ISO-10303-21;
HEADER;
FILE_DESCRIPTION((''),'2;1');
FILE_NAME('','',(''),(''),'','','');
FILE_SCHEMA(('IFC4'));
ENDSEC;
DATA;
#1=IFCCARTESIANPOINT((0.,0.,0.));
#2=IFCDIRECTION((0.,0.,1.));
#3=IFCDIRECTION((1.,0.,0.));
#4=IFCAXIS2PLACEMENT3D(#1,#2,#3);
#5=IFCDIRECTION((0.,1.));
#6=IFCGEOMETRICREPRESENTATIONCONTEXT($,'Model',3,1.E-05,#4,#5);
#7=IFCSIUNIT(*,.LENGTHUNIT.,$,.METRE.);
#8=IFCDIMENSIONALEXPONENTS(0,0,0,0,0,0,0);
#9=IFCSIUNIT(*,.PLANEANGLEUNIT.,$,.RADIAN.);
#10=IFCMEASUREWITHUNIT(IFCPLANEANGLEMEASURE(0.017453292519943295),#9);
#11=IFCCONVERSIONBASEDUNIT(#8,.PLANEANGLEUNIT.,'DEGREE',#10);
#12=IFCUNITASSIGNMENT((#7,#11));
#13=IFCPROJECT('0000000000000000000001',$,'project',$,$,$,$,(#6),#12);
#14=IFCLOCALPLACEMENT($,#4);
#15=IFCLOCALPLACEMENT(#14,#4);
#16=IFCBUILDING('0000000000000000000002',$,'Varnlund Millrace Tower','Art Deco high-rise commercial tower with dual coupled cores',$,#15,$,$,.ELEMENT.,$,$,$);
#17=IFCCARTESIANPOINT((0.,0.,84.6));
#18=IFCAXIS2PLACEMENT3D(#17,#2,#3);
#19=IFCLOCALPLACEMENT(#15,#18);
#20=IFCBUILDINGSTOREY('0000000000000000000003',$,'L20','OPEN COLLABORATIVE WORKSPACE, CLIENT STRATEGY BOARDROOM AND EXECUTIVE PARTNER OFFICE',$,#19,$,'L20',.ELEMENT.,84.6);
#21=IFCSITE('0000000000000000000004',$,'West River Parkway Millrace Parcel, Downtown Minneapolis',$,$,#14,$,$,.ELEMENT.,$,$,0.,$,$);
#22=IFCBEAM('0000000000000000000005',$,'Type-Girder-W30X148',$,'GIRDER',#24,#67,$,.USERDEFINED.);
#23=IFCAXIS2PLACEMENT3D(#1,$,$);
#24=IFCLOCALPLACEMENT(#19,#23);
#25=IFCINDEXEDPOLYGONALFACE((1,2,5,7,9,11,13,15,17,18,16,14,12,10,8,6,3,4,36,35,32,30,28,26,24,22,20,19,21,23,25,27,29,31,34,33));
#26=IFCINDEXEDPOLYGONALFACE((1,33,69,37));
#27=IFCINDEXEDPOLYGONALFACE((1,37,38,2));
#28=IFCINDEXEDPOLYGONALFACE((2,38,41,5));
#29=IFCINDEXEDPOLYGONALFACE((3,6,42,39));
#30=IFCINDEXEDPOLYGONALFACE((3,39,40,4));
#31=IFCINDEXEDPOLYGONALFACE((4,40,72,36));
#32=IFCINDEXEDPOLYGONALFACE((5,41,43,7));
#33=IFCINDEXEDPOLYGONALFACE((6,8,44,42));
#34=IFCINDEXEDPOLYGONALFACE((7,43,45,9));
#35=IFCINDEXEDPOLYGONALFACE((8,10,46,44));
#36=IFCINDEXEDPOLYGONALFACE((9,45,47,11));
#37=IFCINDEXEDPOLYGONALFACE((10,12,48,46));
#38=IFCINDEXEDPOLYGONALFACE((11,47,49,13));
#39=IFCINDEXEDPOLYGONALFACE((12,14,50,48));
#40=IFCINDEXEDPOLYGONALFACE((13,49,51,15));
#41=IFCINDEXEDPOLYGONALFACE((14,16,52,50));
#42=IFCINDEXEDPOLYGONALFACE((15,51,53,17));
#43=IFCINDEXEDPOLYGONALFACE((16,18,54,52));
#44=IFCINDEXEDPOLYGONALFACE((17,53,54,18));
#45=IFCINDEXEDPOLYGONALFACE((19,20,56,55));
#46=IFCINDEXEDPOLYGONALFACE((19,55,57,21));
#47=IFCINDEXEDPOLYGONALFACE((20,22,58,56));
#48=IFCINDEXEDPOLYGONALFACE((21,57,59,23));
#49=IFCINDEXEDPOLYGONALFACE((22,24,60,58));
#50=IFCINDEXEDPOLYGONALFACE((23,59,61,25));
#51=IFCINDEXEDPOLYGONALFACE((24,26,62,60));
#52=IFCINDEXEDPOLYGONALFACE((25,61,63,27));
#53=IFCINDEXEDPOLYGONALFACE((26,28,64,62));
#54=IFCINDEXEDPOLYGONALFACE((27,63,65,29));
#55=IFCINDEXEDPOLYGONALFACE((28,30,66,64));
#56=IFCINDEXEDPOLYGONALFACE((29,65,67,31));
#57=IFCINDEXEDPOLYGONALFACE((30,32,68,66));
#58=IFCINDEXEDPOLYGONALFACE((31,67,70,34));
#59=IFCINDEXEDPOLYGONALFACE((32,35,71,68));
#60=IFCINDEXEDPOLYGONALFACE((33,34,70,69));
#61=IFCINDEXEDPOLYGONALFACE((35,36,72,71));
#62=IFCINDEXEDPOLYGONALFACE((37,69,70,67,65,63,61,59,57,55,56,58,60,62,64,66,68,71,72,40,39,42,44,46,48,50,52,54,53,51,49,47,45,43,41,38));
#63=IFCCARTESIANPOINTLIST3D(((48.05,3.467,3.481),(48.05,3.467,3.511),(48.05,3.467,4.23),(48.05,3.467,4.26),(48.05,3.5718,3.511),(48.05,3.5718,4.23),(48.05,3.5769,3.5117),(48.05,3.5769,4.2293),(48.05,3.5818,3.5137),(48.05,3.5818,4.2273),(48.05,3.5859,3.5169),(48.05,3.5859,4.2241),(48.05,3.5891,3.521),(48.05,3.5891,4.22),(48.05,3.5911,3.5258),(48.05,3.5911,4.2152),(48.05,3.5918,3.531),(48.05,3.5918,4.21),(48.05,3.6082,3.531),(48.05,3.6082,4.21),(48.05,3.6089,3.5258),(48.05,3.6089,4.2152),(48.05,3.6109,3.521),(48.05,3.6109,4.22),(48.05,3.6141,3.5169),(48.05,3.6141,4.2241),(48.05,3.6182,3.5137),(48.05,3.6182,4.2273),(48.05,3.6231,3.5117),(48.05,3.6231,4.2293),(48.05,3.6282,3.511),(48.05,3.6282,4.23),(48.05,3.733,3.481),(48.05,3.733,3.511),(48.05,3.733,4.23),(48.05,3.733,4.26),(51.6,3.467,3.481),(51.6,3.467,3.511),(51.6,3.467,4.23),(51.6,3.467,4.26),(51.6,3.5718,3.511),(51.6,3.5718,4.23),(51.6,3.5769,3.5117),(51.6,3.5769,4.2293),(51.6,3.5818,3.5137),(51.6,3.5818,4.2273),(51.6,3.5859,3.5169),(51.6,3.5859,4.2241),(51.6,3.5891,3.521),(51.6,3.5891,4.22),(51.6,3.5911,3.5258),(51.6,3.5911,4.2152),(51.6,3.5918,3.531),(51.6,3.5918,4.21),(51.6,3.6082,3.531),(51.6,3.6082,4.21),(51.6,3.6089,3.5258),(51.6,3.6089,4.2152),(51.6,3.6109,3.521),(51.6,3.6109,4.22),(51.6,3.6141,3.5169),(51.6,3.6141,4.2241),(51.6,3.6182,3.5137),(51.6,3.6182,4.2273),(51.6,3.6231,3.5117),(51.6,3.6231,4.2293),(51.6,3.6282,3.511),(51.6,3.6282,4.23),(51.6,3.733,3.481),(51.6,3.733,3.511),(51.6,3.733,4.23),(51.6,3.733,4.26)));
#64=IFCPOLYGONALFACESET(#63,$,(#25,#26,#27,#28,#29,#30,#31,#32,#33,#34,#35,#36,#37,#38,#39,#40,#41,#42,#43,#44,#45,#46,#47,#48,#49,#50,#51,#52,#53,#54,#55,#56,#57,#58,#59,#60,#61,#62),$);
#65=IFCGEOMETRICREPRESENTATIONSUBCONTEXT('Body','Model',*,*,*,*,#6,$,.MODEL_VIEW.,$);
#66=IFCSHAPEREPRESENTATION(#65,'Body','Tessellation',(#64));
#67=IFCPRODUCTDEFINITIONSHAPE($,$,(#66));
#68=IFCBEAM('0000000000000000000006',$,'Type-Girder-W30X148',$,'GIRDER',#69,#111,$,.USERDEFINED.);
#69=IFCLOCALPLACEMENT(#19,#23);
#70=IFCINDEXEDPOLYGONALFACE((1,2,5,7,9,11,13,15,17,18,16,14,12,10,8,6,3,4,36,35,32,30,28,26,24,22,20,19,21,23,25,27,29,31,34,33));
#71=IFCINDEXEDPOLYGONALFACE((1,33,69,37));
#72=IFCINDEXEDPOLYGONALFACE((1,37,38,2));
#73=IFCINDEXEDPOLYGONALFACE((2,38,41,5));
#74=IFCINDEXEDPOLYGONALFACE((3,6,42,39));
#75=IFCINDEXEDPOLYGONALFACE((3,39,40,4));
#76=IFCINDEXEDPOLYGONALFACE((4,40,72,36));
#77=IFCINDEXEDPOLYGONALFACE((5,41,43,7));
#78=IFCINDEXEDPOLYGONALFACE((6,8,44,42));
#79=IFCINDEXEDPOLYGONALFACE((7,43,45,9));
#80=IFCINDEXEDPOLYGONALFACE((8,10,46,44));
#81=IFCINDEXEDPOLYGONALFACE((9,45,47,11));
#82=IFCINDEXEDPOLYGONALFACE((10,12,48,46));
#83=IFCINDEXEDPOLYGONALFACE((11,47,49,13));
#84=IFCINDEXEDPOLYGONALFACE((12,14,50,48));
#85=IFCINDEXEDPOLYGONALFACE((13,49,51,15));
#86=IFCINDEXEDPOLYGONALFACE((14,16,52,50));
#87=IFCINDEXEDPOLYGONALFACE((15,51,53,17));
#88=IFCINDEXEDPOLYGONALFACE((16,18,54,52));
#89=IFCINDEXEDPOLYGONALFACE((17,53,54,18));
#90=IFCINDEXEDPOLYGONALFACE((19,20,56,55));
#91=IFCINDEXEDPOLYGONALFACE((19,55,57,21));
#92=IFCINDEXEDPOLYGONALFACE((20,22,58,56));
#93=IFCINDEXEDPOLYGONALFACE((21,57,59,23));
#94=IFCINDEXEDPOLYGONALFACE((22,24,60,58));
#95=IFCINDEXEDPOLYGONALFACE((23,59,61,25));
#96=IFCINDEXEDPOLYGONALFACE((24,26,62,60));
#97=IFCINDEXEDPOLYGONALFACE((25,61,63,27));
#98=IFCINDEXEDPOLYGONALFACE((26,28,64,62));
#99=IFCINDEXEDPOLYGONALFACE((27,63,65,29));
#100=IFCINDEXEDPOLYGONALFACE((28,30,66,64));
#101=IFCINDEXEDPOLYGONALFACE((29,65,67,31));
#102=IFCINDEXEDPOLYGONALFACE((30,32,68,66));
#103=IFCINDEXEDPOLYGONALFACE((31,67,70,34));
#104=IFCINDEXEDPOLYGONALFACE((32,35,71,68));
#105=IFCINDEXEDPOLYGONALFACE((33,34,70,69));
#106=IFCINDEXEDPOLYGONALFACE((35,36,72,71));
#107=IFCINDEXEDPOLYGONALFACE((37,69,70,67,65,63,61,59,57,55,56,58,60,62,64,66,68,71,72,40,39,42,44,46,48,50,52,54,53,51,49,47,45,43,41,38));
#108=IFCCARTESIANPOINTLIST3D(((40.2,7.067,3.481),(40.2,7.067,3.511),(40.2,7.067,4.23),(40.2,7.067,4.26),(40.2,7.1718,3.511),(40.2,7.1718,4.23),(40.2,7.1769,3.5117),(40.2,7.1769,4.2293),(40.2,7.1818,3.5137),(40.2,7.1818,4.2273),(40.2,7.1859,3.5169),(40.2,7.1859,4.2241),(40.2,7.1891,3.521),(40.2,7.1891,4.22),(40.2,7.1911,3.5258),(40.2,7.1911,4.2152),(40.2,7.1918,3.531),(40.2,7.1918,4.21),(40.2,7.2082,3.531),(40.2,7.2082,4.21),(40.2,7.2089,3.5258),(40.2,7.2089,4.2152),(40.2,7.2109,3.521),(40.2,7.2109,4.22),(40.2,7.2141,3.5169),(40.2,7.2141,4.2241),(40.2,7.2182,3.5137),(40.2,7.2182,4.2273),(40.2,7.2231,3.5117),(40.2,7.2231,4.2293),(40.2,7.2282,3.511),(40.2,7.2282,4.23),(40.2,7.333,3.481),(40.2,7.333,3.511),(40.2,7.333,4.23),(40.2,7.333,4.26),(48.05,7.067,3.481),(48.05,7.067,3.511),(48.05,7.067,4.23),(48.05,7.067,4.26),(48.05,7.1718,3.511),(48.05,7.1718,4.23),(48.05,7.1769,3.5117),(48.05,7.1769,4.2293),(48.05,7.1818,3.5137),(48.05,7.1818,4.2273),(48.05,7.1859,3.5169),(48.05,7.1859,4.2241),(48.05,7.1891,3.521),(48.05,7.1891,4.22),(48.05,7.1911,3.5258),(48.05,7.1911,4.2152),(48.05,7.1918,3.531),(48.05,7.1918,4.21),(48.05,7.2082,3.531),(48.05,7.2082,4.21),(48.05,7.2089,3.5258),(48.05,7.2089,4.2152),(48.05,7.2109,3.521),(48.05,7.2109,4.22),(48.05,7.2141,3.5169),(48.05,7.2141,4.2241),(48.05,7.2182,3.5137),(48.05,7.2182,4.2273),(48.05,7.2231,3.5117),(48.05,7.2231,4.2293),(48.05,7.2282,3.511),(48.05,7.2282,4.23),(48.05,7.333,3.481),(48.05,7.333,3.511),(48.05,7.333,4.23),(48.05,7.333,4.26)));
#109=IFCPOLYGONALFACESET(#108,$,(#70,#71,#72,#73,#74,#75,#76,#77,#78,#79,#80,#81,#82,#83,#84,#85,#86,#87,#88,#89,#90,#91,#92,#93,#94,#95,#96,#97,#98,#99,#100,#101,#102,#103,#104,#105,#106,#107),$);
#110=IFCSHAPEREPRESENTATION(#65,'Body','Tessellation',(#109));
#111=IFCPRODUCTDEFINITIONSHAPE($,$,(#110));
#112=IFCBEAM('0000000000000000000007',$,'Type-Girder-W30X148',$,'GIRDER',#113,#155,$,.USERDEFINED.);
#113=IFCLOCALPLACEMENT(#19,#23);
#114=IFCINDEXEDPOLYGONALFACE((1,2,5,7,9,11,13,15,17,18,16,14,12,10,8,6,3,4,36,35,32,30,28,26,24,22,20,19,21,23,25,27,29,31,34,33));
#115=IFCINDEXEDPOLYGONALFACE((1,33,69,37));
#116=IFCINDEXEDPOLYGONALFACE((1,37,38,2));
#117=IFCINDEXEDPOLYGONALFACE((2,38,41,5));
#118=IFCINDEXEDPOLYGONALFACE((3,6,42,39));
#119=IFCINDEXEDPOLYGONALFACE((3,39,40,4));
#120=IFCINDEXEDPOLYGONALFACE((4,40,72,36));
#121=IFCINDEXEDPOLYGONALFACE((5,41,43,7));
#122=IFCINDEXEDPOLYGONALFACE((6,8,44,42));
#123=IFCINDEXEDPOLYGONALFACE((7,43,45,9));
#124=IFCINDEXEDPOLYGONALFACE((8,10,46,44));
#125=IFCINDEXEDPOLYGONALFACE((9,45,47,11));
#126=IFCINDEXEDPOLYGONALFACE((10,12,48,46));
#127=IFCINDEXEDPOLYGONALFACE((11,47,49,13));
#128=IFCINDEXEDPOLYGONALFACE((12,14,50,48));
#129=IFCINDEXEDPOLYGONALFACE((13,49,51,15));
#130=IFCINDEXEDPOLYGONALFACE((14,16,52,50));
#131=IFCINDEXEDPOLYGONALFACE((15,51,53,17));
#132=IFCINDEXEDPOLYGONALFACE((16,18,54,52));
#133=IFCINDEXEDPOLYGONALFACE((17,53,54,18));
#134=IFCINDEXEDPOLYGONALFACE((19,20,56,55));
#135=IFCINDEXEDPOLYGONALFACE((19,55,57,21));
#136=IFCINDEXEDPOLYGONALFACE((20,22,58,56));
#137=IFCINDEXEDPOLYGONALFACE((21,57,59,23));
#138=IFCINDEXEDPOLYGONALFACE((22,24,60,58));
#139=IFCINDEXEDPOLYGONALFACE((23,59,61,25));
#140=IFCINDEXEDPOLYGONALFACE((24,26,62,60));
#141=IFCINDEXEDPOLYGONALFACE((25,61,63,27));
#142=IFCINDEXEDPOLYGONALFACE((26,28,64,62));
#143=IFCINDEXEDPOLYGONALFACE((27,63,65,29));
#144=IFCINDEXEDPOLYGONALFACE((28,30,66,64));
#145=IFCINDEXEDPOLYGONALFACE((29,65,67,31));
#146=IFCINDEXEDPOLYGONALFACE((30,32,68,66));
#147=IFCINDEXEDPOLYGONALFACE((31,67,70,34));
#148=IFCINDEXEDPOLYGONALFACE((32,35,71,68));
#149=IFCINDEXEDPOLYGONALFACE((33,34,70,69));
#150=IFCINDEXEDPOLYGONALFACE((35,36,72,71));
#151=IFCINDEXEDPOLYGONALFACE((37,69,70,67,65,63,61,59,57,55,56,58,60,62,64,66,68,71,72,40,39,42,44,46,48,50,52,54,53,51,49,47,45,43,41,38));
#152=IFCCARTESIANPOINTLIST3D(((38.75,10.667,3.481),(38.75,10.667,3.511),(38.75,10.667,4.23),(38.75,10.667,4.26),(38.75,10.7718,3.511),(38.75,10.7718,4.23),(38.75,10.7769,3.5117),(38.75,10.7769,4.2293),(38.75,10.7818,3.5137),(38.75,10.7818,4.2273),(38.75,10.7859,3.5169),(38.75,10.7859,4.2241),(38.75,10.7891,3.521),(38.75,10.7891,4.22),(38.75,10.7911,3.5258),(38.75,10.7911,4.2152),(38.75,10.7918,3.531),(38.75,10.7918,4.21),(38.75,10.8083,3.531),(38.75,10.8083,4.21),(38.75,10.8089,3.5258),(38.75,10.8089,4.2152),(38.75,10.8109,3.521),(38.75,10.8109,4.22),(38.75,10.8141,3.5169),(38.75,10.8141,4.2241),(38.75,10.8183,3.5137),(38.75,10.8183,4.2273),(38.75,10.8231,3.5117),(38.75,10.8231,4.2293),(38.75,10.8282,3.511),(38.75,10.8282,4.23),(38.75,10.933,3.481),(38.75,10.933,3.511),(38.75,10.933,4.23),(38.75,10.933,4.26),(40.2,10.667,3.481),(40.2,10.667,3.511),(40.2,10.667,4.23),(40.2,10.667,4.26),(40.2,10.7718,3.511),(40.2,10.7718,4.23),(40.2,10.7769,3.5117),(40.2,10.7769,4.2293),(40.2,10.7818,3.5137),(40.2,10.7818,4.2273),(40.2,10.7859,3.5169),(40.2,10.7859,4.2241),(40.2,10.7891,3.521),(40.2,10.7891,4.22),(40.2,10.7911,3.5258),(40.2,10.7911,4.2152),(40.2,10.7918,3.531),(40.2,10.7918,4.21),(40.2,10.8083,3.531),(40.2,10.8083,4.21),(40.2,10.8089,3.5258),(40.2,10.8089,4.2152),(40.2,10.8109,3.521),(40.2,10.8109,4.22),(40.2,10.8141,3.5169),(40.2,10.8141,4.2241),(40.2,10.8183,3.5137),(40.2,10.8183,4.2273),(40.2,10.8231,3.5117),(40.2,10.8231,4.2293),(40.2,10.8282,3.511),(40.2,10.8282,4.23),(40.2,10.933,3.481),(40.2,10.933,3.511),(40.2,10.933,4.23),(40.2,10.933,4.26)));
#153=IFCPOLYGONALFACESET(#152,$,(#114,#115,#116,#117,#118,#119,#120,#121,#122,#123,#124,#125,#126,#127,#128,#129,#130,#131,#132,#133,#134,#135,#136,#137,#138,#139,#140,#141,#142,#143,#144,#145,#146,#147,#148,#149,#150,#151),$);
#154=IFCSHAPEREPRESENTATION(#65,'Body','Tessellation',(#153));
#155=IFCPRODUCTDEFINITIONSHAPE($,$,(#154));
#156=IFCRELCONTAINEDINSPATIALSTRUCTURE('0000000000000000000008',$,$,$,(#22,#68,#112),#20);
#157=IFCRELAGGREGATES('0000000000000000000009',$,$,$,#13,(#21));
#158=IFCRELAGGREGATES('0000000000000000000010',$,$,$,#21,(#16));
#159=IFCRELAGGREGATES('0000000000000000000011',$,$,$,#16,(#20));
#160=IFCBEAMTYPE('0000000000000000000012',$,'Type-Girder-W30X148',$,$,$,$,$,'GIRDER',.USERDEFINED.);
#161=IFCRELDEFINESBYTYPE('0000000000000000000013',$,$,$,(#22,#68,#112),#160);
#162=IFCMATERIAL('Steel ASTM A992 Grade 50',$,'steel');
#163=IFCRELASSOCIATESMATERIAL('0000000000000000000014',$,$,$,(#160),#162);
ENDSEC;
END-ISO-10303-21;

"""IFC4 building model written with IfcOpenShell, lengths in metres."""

from ifc_helpers import new_model, entity, si_unit, converted_unit, direction, frame, origin_with_axes, origin_2d_with_axis, place, context, subcontext, project, spatial, i_section, extrude, material, material_profile, profile_set, type_object, element, save


model = new_model("IFC4")

# Units and contexts
model_context = context("Model", 3, precision=1e-05, world=origin_with_axes(), true_north=direction((0.0, 1.0)))
body_context = subcontext(model_context, "Body", "Model", "MODEL_VIEW")
ifc_project = project(units=[si_unit("LENGTHUNIT", "METRE"), converted_unit("PLANEANGLEUNIT", "DEGREE", entity("IfcPlaneAngleMeasure", 0.017453292519943295), si_unit("PLANEANGLEUNIT", "RADIAN"), dimensions=[0, 0, 0, 0, 0, 0, 0])], contexts=[model_context])

# Site, building, storey
site_placement = place(None, origin_with_axes())
site = spatial("IfcSite", under=ifc_project, at=site_placement, Name="West River Parkway Millrace Parcel, Downtown Minneapolis", CompositionType="ELEMENT", RefElevation=0.0)
building_placement = place(site_placement, origin_with_axes())
building = spatial("IfcBuilding", under=site, at=building_placement, Name="Varnlund Millrace Tower", Description="Art Deco high-rise commercial tower with dual coupled cores", CompositionType="ELEMENT")
storey_placement = place(building_placement, frame((0.0, 0.0, 84.6), z_axis=(0.0, 0.0, 1.0), x_axis=(1.0, 0.0, 0.0)))
storey = spatial("IfcBuildingStorey", under=building, at=storey_placement, Name="L20", Description="OPEN COLLABORATIVE WORKSPACE, CLIENT STRATEGY BOARDROOM AND EXECUTIVE PARTNER OFFICE", LongName="L20", CompositionType="ELEMENT", Elevation=84.6)

# Beams
ifc_material_1 = material(Name="Steel ASTM A992 Grade 50", Category="steel")
ifc_material_profile_1 = material_profile(ifc_material_1, i_section(OverallWidth=0.266, OverallDepth=0.779, WebThickness=0.0165, FlangeThickness=0.03, FilletRadius=0.02, at=origin_2d_with_axis()), Name="Steel ASTM A992 Grade 50")
ifc_profile_set_1 = profile_set([ifc_material_profile_1], Name="Steel ASTM A992 Grade 50")
beam_type_1 = type_object("IfcBeamType", Name="Type-Girder-W30X148", ElementType="GIRDER", PredefinedType="USERDEFINED", material=ifc_profile_set_1)
beam_1_placement = place(storey_placement, frame((48.05, 3.6, 3.8705), z_axis=(1.0, 0.0, 0.0), x_axis=(0.0, 1.0, 0.0)))
element("IfcBeam", 1, at=beam_1_placement, inside=storey, type_object=beam_type_1, Name="Type-Girder-W30X148", ObjectType="GIRDER", PredefinedType="USERDEFINED", context=body_context, shape_type="SweptSolid", body=[
    extrude(i_section(OverallWidth=0.266, OverallDepth=0.779, WebThickness=0.0165, FlangeThickness=0.03, FilletRadius=0.02, at=origin_2d_with_axis()), origin_with_axes(), (0.0, 0.0, 1.0), 3.55),
])
beam_2_placement = place(storey_placement, frame((40.2, 7.2, 3.8705), z_axis=(1.0, 0.0, 0.0), x_axis=(0.0, 1.0, 0.0)))
element("IfcBeam", 2, at=beam_2_placement, inside=storey, type_object=beam_type_1, Name="Type-Girder-W30X148", ObjectType="GIRDER", PredefinedType="USERDEFINED", context=body_context, shape_type="SweptSolid", body=[
    extrude(i_section(OverallWidth=0.266, OverallDepth=0.779, WebThickness=0.0165, FlangeThickness=0.03, FilletRadius=0.02, at=origin_2d_with_axis()), origin_with_axes(), (0.0, 0.0, 1.0), 7.85),
])
beam_3_placement = place(storey_placement, frame((38.75, 10.8, 3.8705), z_axis=(1.0, 0.0, 0.0), x_axis=(0.0, 1.0, 0.0)))
element("IfcBeam", 3, at=beam_3_placement, inside=storey, type_object=beam_type_1, Name="Type-Girder-W30X148", ObjectType="GIRDER", PredefinedType="USERDEFINED", context=body_context, shape_type="SweptSolid", body=[
    extrude(i_section(OverallWidth=0.266, OverallDepth=0.779, WebThickness=0.0165, FlangeThickness=0.03, FilletRadius=0.02, at=origin_2d_with_axis()), origin_with_axes(), (0.0, 0.0, 1.0), 1.45),
])

save(model, "model.ifc")
